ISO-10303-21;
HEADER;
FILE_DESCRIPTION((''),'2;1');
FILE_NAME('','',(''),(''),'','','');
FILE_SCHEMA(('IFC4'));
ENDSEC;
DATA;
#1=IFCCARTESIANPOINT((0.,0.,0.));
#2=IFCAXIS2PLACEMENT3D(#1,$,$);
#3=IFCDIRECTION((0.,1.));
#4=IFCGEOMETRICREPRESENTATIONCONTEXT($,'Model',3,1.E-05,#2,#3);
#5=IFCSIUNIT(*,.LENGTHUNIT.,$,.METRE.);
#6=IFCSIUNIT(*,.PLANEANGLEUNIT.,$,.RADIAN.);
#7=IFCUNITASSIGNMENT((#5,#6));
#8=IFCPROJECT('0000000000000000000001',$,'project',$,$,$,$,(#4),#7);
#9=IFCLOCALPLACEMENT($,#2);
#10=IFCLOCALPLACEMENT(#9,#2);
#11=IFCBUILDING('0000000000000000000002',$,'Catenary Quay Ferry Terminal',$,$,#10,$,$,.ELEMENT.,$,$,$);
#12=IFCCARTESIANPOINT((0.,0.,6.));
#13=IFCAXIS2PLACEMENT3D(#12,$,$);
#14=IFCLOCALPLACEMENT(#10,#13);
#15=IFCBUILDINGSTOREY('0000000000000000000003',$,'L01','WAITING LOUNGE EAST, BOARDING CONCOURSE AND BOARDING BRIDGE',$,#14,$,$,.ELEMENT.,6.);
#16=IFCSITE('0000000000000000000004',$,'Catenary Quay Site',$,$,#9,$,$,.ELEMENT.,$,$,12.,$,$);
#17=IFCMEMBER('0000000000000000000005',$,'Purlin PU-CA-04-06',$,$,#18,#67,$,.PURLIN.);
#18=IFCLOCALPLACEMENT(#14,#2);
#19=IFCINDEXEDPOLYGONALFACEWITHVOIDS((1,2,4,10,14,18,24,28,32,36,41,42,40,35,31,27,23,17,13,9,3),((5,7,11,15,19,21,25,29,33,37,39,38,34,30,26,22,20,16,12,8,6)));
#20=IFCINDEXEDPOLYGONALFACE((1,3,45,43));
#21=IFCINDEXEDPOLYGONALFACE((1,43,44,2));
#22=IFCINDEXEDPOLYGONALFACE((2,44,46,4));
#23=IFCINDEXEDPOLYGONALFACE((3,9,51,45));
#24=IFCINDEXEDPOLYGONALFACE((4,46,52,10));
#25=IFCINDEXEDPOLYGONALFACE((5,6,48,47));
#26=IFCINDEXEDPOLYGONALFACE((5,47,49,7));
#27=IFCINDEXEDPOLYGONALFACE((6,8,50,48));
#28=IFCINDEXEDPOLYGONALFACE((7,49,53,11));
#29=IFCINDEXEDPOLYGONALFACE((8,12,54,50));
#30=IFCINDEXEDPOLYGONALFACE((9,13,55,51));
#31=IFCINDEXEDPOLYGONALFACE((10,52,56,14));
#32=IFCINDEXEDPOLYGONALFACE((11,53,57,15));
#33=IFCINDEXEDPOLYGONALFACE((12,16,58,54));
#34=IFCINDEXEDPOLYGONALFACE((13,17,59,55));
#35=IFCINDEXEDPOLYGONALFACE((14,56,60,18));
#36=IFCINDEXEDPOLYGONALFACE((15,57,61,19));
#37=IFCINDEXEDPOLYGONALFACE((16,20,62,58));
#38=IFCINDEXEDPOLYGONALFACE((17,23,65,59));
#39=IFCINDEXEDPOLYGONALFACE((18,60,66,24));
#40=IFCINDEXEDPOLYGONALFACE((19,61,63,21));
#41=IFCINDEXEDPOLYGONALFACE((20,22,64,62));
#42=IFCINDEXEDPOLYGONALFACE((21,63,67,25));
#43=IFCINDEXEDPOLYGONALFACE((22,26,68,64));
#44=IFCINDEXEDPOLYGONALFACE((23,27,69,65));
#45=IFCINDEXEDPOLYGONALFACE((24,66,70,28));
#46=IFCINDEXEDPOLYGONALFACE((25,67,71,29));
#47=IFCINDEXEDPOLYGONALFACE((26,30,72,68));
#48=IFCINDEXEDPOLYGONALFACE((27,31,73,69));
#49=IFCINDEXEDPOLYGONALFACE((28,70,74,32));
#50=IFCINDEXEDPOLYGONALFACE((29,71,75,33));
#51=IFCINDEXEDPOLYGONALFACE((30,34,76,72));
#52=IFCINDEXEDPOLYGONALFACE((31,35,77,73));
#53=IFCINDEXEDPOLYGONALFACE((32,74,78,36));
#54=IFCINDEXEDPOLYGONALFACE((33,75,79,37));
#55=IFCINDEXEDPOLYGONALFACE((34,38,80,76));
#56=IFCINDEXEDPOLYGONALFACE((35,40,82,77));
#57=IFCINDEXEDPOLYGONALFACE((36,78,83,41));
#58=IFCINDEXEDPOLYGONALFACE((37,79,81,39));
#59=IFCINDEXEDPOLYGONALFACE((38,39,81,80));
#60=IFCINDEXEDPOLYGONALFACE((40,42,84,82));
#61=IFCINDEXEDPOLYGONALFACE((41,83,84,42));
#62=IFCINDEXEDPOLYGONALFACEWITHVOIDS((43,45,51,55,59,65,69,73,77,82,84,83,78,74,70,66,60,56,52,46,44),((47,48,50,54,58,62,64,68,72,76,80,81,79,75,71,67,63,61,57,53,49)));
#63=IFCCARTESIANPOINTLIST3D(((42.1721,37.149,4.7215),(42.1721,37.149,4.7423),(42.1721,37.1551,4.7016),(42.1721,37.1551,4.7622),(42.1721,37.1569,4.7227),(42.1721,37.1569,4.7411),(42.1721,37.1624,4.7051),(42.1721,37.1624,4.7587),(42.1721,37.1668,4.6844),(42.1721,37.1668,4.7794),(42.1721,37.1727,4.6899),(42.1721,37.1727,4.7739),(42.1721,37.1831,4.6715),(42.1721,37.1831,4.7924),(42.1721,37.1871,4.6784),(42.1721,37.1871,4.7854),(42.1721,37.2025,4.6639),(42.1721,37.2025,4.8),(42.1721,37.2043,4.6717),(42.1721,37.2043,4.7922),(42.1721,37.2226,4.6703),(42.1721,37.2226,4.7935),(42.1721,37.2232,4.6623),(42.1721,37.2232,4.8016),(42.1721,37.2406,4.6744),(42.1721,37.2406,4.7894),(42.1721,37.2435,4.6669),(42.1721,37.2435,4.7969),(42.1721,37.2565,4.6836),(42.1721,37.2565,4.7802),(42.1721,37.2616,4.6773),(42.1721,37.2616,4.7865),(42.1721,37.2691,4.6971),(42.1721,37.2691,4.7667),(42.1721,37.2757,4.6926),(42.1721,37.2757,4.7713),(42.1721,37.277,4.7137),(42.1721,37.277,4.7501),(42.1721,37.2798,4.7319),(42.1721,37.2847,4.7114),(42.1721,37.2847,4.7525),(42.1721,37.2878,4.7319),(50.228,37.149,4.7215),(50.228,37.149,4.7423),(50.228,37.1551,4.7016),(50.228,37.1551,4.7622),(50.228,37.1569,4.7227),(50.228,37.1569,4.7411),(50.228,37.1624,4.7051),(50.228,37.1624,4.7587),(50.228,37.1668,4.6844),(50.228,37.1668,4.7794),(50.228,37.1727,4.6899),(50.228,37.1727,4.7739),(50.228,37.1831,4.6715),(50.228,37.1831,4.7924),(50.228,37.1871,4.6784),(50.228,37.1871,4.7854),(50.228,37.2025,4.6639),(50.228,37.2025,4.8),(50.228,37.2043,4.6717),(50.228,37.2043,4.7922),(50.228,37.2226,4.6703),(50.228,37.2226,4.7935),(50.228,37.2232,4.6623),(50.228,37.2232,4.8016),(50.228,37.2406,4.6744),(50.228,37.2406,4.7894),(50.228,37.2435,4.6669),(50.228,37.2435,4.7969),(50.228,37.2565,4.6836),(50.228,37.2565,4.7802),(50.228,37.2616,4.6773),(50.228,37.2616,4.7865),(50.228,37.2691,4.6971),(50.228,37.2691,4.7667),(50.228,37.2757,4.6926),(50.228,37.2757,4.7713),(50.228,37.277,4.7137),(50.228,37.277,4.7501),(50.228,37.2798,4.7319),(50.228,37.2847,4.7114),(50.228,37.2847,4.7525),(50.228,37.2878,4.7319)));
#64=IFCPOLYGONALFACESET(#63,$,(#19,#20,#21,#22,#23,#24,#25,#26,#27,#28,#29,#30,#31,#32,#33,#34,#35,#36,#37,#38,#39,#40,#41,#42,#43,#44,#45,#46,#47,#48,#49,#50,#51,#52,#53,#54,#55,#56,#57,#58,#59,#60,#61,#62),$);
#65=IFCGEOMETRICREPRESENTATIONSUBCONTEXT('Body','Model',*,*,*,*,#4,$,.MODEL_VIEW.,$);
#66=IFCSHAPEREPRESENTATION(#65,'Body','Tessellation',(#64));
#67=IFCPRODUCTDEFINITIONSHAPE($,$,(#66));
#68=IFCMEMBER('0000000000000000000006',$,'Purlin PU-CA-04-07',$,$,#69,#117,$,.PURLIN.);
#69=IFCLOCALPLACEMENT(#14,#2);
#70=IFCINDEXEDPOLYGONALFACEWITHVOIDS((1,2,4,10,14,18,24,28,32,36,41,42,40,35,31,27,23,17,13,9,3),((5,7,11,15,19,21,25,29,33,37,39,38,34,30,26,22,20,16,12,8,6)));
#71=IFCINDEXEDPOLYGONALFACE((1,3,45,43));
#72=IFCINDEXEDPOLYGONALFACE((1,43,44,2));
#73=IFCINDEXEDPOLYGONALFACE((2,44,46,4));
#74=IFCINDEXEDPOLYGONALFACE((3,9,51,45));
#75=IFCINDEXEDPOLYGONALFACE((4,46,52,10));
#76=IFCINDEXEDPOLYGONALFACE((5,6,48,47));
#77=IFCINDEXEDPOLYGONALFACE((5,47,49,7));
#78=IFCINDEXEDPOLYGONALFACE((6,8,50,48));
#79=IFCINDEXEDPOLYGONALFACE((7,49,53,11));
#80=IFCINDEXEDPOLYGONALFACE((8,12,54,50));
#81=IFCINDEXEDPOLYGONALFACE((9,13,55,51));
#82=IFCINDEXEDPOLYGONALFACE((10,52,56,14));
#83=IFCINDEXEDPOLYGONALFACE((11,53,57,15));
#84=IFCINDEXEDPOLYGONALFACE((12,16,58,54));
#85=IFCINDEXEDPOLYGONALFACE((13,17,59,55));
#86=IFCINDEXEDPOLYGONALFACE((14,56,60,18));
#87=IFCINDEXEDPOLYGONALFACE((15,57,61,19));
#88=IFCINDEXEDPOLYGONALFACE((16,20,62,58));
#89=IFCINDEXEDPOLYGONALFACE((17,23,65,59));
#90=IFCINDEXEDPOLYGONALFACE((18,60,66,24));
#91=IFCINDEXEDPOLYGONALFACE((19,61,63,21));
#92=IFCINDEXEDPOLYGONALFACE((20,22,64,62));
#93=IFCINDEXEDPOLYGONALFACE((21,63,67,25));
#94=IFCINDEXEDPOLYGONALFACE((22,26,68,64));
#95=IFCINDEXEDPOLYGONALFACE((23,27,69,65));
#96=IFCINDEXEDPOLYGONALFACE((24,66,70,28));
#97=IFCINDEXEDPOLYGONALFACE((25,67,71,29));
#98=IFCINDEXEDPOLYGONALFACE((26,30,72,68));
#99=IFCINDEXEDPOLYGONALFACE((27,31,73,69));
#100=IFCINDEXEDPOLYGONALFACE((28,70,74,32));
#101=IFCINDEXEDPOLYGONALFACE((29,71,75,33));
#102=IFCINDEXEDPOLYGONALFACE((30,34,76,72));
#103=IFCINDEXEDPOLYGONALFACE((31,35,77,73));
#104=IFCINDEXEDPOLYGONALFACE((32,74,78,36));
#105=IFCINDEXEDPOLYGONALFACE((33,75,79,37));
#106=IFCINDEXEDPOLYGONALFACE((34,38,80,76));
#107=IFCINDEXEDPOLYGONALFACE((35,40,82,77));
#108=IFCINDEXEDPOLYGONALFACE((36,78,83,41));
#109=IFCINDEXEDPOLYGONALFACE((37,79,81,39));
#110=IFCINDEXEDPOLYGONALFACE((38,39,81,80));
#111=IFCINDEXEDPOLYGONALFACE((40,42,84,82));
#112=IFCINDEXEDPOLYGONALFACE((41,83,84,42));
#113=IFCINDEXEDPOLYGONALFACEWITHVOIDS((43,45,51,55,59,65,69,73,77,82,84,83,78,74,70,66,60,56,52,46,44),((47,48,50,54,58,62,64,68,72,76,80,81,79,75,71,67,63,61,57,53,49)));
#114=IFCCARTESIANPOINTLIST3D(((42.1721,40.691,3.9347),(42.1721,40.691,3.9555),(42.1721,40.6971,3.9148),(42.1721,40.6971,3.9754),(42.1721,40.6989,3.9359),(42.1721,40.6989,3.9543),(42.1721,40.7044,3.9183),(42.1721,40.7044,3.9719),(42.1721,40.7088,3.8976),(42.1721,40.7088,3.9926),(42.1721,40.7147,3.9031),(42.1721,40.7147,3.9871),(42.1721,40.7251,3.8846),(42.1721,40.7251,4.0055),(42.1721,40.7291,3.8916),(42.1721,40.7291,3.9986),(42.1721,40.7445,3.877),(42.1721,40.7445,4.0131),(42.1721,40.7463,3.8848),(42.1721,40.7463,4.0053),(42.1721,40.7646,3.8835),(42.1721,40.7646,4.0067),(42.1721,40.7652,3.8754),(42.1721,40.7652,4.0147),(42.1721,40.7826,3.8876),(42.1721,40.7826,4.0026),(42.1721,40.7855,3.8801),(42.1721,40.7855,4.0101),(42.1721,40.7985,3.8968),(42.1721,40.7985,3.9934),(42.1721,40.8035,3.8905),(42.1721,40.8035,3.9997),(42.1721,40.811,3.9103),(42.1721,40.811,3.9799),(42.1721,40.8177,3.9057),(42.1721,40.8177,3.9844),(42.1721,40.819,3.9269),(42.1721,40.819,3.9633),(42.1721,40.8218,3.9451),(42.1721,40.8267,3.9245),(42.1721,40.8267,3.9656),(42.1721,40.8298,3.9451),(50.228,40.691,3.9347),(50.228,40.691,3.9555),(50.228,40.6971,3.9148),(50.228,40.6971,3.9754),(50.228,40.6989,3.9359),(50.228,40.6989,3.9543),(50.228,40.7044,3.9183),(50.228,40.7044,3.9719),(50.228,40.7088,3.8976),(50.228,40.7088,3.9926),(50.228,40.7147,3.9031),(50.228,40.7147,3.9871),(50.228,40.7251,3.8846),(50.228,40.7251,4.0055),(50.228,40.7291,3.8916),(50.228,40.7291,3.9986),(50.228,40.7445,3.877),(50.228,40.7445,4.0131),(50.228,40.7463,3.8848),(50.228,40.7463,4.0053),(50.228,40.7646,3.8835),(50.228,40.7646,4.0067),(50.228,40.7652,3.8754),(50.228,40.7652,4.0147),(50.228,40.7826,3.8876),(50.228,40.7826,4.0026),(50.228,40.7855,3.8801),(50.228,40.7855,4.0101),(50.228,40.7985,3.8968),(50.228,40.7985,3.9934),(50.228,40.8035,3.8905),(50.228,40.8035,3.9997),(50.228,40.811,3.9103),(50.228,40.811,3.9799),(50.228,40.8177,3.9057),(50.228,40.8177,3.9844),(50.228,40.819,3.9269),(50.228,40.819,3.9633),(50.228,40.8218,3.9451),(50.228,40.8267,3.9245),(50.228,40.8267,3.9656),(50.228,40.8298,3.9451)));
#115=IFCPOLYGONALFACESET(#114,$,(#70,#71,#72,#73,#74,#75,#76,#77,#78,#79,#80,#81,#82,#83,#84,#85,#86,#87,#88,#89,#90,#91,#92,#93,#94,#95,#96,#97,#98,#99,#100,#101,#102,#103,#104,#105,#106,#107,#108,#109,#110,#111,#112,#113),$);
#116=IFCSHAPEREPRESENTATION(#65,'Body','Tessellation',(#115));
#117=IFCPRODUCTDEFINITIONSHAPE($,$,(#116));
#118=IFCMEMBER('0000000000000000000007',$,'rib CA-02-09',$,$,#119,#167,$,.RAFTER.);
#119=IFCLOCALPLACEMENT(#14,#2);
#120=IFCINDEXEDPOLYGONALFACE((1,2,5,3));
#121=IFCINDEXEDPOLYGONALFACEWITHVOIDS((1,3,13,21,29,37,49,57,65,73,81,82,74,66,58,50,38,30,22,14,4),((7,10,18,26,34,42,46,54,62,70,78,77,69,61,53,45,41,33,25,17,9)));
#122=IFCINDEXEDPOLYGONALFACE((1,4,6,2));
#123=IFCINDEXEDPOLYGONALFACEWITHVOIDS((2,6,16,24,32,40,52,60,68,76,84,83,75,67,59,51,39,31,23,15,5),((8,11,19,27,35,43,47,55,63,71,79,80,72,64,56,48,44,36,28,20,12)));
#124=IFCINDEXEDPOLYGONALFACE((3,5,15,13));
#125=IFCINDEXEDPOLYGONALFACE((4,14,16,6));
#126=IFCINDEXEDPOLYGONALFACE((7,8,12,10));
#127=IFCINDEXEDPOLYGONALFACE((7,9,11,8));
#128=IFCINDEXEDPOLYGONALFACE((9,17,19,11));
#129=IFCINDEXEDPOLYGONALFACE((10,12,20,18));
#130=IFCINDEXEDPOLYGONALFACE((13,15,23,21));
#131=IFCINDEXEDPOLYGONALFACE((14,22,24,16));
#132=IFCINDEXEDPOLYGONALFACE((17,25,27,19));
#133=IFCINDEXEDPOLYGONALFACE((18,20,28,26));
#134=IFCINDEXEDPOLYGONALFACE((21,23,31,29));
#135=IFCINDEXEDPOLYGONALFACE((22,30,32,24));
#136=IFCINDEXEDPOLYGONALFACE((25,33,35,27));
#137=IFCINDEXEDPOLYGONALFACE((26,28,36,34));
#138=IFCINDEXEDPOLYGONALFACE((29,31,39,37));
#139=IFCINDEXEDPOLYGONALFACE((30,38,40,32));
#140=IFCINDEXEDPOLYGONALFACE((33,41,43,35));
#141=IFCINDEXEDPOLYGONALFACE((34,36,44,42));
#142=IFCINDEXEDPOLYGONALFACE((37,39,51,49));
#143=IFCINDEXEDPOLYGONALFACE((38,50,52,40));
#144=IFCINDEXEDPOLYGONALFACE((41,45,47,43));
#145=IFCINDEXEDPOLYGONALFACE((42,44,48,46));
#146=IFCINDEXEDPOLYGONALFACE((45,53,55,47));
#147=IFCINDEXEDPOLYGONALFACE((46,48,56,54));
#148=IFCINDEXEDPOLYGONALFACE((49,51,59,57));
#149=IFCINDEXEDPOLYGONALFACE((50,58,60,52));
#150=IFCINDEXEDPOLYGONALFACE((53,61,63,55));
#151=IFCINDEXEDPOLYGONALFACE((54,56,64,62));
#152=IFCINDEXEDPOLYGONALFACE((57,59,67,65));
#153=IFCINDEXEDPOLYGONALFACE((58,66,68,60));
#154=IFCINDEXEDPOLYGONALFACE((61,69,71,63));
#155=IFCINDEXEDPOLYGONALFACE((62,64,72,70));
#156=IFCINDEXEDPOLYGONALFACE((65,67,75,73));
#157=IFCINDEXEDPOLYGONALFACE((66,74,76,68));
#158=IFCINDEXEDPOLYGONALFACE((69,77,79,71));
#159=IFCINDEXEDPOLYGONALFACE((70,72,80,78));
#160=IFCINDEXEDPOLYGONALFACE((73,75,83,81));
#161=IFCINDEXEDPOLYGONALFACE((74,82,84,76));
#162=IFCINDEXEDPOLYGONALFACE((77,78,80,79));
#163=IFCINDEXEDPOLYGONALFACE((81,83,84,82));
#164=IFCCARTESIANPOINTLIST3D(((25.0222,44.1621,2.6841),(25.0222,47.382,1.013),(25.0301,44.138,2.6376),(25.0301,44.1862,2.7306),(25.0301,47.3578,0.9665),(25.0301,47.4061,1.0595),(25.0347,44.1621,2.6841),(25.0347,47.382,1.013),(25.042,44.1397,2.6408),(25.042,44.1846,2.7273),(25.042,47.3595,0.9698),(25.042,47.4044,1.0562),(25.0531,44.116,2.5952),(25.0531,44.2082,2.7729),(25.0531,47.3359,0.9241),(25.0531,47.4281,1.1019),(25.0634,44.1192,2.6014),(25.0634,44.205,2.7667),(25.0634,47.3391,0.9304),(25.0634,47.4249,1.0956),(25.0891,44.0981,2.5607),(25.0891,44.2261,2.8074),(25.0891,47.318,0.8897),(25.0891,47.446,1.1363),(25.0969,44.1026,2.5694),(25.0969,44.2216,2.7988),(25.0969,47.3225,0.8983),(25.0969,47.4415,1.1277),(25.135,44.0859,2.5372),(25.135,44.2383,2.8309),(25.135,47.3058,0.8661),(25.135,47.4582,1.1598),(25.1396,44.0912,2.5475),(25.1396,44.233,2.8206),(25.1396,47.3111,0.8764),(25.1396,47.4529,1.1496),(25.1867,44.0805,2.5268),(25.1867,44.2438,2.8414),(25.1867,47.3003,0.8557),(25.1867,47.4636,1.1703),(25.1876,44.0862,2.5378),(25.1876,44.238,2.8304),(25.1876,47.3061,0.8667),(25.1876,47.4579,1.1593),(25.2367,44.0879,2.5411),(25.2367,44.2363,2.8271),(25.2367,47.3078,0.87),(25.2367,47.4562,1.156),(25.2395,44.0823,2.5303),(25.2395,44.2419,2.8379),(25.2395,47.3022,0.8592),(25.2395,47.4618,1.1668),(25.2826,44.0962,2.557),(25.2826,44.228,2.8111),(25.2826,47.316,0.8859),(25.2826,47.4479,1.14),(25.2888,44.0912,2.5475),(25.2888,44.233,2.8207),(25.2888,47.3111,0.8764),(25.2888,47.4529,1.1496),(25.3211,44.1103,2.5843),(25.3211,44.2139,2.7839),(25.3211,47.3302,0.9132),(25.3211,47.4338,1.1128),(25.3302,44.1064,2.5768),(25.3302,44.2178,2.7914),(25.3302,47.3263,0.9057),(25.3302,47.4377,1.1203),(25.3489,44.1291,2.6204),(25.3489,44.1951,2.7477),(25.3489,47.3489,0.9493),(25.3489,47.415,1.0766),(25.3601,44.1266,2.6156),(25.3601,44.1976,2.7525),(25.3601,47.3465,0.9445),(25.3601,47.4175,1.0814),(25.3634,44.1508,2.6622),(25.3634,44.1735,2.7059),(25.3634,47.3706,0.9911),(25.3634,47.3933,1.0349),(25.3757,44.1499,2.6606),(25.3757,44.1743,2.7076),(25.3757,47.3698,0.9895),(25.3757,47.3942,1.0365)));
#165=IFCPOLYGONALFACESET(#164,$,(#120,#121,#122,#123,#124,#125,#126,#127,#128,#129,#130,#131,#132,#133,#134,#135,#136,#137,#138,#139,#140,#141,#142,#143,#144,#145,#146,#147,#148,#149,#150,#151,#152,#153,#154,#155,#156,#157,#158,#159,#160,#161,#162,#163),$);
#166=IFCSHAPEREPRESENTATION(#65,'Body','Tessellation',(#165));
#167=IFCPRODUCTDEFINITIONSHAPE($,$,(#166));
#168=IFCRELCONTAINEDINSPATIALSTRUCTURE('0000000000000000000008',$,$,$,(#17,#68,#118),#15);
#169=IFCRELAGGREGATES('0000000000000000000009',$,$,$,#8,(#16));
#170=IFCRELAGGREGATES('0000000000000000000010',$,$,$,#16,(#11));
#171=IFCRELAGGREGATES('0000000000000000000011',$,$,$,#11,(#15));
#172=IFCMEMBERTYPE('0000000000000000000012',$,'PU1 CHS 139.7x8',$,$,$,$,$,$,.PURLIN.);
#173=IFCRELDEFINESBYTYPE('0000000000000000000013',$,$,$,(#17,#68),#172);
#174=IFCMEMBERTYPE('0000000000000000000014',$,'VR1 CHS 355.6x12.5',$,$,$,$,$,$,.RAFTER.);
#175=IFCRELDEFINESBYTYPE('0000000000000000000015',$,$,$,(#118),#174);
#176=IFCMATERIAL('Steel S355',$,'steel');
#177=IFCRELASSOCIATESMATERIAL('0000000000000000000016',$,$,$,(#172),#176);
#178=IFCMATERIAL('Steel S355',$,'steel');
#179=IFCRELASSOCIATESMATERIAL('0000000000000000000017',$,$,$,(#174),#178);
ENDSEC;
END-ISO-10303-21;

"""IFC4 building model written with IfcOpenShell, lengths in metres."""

from ifc_helpers import new_model, si_unit, direction, frame, origin, origin_2d, place, context, subcontext, project, spatial, hollow_circle, extrude, material, material_profile, profile_set, type_object, element, save


model = new_model("IFC4")

# Units and contexts
model_context = context("Model", 3, precision=1e-05, world=origin(), true_north=direction((0.0, 1.0)))
body_context = subcontext(model_context, "Body", "Model", "MODEL_VIEW")
ifc_project = project(units=[si_unit("LENGTHUNIT", "METRE"), si_unit("PLANEANGLEUNIT", "RADIAN")], contexts=[model_context])

# Site, building, storey
site_placement = place(None, origin())
site = spatial("IfcSite", under=ifc_project, at=site_placement, Name="Catenary Quay Site", CompositionType="ELEMENT", RefElevation=12.0)
building_placement = place(site_placement, origin())
building = spatial("IfcBuilding", under=site, at=building_placement, Name="Catenary Quay Ferry Terminal", CompositionType="ELEMENT")
storey_placement = place(building_placement, frame((0.0, 0.0, 6.0)))
storey = spatial("IfcBuildingStorey", under=building, at=storey_placement, Name="L01", Description="WAITING LOUNGE EAST, BOARDING CONCOURSE AND BOARDING BRIDGE", CompositionType="ELEMENT", Elevation=6.0)

# Members
ifc_material_1 = material(Name="Steel S355", Category="steel")
ifc_material_profile_1 = material_profile(ifc_material_1, hollow_circle(Radius=0.0698, WallThickness=0.0081, at=origin_2d()), Name="CHS 139.7x8")
ifc_profile_set_1 = profile_set([ifc_material_profile_1], Name="Steel S355")
member_type_1 = type_object("IfcMemberType", Name="PU1 CHS 139.7x8", PredefinedType="PURLIN", material=ifc_profile_set_1)
for number, where, z_axis, x_axis, name in (
    (1, (42.1721, 37.218, 4.7319), (1.0, 0.0, 0.0), (0.0, 1.0, 0.0), "Purlin PU-CA-04-06"),
    (2, (42.1721, 40.76, 3.9451), (1.0, 0.0, 0.0), (0.0, 1.0, 0.0), "Purlin PU-CA-04-07"),
):
    element("IfcMember", number, at=place(storey_placement, frame(where, z_axis=z_axis, x_axis=x_axis)), inside=storey, type_object=member_type_1, Name=name, PredefinedType="PURLIN", context=body_context, shape_type="SweptSolid", body=[
        extrude(hollow_circle(Radius=0.0698, WallThickness=0.0081, at=origin_2d()), origin(), (0.0, 0.0, 1.0), 8.0559),
    ])
ifc_material_2 = material(Name="Steel S355", Category="steel")
ifc_material_profile_2 = material_profile(ifc_material_2, hollow_circle(Radius=0.1777, WallThickness=0.0125, at=origin_2d()), Name="CHS 355.6x12.5")
ifc_profile_set_2 = profile_set([ifc_material_profile_2], Name="Steel S355")
member_type_2 = type_object("IfcMemberType", Name="VR1 CHS 355.6x12.5", PredefinedType="RAFTER", material=ifc_profile_set_2)
member_1_placement = place(storey_placement, frame((25.2, 44.1621, 2.6841), z_axis=(0.0, 0.887582, -0.460649), x_axis=(-1.0, 0.0, 0.0)))
element("IfcMember", 3, at=member_1_placement, inside=storey, type_object=member_type_2, Name="rib CA-02-09", PredefinedType="RAFTER", context=body_context, shape_type="SweptSolid", body=[
    extrude(hollow_circle(Radius=0.1777, WallThickness=0.0125, at=origin_2d()), origin(), (0.0, 0.0, 1.0), 3.6277),
])

save(model, "model.ifc")
